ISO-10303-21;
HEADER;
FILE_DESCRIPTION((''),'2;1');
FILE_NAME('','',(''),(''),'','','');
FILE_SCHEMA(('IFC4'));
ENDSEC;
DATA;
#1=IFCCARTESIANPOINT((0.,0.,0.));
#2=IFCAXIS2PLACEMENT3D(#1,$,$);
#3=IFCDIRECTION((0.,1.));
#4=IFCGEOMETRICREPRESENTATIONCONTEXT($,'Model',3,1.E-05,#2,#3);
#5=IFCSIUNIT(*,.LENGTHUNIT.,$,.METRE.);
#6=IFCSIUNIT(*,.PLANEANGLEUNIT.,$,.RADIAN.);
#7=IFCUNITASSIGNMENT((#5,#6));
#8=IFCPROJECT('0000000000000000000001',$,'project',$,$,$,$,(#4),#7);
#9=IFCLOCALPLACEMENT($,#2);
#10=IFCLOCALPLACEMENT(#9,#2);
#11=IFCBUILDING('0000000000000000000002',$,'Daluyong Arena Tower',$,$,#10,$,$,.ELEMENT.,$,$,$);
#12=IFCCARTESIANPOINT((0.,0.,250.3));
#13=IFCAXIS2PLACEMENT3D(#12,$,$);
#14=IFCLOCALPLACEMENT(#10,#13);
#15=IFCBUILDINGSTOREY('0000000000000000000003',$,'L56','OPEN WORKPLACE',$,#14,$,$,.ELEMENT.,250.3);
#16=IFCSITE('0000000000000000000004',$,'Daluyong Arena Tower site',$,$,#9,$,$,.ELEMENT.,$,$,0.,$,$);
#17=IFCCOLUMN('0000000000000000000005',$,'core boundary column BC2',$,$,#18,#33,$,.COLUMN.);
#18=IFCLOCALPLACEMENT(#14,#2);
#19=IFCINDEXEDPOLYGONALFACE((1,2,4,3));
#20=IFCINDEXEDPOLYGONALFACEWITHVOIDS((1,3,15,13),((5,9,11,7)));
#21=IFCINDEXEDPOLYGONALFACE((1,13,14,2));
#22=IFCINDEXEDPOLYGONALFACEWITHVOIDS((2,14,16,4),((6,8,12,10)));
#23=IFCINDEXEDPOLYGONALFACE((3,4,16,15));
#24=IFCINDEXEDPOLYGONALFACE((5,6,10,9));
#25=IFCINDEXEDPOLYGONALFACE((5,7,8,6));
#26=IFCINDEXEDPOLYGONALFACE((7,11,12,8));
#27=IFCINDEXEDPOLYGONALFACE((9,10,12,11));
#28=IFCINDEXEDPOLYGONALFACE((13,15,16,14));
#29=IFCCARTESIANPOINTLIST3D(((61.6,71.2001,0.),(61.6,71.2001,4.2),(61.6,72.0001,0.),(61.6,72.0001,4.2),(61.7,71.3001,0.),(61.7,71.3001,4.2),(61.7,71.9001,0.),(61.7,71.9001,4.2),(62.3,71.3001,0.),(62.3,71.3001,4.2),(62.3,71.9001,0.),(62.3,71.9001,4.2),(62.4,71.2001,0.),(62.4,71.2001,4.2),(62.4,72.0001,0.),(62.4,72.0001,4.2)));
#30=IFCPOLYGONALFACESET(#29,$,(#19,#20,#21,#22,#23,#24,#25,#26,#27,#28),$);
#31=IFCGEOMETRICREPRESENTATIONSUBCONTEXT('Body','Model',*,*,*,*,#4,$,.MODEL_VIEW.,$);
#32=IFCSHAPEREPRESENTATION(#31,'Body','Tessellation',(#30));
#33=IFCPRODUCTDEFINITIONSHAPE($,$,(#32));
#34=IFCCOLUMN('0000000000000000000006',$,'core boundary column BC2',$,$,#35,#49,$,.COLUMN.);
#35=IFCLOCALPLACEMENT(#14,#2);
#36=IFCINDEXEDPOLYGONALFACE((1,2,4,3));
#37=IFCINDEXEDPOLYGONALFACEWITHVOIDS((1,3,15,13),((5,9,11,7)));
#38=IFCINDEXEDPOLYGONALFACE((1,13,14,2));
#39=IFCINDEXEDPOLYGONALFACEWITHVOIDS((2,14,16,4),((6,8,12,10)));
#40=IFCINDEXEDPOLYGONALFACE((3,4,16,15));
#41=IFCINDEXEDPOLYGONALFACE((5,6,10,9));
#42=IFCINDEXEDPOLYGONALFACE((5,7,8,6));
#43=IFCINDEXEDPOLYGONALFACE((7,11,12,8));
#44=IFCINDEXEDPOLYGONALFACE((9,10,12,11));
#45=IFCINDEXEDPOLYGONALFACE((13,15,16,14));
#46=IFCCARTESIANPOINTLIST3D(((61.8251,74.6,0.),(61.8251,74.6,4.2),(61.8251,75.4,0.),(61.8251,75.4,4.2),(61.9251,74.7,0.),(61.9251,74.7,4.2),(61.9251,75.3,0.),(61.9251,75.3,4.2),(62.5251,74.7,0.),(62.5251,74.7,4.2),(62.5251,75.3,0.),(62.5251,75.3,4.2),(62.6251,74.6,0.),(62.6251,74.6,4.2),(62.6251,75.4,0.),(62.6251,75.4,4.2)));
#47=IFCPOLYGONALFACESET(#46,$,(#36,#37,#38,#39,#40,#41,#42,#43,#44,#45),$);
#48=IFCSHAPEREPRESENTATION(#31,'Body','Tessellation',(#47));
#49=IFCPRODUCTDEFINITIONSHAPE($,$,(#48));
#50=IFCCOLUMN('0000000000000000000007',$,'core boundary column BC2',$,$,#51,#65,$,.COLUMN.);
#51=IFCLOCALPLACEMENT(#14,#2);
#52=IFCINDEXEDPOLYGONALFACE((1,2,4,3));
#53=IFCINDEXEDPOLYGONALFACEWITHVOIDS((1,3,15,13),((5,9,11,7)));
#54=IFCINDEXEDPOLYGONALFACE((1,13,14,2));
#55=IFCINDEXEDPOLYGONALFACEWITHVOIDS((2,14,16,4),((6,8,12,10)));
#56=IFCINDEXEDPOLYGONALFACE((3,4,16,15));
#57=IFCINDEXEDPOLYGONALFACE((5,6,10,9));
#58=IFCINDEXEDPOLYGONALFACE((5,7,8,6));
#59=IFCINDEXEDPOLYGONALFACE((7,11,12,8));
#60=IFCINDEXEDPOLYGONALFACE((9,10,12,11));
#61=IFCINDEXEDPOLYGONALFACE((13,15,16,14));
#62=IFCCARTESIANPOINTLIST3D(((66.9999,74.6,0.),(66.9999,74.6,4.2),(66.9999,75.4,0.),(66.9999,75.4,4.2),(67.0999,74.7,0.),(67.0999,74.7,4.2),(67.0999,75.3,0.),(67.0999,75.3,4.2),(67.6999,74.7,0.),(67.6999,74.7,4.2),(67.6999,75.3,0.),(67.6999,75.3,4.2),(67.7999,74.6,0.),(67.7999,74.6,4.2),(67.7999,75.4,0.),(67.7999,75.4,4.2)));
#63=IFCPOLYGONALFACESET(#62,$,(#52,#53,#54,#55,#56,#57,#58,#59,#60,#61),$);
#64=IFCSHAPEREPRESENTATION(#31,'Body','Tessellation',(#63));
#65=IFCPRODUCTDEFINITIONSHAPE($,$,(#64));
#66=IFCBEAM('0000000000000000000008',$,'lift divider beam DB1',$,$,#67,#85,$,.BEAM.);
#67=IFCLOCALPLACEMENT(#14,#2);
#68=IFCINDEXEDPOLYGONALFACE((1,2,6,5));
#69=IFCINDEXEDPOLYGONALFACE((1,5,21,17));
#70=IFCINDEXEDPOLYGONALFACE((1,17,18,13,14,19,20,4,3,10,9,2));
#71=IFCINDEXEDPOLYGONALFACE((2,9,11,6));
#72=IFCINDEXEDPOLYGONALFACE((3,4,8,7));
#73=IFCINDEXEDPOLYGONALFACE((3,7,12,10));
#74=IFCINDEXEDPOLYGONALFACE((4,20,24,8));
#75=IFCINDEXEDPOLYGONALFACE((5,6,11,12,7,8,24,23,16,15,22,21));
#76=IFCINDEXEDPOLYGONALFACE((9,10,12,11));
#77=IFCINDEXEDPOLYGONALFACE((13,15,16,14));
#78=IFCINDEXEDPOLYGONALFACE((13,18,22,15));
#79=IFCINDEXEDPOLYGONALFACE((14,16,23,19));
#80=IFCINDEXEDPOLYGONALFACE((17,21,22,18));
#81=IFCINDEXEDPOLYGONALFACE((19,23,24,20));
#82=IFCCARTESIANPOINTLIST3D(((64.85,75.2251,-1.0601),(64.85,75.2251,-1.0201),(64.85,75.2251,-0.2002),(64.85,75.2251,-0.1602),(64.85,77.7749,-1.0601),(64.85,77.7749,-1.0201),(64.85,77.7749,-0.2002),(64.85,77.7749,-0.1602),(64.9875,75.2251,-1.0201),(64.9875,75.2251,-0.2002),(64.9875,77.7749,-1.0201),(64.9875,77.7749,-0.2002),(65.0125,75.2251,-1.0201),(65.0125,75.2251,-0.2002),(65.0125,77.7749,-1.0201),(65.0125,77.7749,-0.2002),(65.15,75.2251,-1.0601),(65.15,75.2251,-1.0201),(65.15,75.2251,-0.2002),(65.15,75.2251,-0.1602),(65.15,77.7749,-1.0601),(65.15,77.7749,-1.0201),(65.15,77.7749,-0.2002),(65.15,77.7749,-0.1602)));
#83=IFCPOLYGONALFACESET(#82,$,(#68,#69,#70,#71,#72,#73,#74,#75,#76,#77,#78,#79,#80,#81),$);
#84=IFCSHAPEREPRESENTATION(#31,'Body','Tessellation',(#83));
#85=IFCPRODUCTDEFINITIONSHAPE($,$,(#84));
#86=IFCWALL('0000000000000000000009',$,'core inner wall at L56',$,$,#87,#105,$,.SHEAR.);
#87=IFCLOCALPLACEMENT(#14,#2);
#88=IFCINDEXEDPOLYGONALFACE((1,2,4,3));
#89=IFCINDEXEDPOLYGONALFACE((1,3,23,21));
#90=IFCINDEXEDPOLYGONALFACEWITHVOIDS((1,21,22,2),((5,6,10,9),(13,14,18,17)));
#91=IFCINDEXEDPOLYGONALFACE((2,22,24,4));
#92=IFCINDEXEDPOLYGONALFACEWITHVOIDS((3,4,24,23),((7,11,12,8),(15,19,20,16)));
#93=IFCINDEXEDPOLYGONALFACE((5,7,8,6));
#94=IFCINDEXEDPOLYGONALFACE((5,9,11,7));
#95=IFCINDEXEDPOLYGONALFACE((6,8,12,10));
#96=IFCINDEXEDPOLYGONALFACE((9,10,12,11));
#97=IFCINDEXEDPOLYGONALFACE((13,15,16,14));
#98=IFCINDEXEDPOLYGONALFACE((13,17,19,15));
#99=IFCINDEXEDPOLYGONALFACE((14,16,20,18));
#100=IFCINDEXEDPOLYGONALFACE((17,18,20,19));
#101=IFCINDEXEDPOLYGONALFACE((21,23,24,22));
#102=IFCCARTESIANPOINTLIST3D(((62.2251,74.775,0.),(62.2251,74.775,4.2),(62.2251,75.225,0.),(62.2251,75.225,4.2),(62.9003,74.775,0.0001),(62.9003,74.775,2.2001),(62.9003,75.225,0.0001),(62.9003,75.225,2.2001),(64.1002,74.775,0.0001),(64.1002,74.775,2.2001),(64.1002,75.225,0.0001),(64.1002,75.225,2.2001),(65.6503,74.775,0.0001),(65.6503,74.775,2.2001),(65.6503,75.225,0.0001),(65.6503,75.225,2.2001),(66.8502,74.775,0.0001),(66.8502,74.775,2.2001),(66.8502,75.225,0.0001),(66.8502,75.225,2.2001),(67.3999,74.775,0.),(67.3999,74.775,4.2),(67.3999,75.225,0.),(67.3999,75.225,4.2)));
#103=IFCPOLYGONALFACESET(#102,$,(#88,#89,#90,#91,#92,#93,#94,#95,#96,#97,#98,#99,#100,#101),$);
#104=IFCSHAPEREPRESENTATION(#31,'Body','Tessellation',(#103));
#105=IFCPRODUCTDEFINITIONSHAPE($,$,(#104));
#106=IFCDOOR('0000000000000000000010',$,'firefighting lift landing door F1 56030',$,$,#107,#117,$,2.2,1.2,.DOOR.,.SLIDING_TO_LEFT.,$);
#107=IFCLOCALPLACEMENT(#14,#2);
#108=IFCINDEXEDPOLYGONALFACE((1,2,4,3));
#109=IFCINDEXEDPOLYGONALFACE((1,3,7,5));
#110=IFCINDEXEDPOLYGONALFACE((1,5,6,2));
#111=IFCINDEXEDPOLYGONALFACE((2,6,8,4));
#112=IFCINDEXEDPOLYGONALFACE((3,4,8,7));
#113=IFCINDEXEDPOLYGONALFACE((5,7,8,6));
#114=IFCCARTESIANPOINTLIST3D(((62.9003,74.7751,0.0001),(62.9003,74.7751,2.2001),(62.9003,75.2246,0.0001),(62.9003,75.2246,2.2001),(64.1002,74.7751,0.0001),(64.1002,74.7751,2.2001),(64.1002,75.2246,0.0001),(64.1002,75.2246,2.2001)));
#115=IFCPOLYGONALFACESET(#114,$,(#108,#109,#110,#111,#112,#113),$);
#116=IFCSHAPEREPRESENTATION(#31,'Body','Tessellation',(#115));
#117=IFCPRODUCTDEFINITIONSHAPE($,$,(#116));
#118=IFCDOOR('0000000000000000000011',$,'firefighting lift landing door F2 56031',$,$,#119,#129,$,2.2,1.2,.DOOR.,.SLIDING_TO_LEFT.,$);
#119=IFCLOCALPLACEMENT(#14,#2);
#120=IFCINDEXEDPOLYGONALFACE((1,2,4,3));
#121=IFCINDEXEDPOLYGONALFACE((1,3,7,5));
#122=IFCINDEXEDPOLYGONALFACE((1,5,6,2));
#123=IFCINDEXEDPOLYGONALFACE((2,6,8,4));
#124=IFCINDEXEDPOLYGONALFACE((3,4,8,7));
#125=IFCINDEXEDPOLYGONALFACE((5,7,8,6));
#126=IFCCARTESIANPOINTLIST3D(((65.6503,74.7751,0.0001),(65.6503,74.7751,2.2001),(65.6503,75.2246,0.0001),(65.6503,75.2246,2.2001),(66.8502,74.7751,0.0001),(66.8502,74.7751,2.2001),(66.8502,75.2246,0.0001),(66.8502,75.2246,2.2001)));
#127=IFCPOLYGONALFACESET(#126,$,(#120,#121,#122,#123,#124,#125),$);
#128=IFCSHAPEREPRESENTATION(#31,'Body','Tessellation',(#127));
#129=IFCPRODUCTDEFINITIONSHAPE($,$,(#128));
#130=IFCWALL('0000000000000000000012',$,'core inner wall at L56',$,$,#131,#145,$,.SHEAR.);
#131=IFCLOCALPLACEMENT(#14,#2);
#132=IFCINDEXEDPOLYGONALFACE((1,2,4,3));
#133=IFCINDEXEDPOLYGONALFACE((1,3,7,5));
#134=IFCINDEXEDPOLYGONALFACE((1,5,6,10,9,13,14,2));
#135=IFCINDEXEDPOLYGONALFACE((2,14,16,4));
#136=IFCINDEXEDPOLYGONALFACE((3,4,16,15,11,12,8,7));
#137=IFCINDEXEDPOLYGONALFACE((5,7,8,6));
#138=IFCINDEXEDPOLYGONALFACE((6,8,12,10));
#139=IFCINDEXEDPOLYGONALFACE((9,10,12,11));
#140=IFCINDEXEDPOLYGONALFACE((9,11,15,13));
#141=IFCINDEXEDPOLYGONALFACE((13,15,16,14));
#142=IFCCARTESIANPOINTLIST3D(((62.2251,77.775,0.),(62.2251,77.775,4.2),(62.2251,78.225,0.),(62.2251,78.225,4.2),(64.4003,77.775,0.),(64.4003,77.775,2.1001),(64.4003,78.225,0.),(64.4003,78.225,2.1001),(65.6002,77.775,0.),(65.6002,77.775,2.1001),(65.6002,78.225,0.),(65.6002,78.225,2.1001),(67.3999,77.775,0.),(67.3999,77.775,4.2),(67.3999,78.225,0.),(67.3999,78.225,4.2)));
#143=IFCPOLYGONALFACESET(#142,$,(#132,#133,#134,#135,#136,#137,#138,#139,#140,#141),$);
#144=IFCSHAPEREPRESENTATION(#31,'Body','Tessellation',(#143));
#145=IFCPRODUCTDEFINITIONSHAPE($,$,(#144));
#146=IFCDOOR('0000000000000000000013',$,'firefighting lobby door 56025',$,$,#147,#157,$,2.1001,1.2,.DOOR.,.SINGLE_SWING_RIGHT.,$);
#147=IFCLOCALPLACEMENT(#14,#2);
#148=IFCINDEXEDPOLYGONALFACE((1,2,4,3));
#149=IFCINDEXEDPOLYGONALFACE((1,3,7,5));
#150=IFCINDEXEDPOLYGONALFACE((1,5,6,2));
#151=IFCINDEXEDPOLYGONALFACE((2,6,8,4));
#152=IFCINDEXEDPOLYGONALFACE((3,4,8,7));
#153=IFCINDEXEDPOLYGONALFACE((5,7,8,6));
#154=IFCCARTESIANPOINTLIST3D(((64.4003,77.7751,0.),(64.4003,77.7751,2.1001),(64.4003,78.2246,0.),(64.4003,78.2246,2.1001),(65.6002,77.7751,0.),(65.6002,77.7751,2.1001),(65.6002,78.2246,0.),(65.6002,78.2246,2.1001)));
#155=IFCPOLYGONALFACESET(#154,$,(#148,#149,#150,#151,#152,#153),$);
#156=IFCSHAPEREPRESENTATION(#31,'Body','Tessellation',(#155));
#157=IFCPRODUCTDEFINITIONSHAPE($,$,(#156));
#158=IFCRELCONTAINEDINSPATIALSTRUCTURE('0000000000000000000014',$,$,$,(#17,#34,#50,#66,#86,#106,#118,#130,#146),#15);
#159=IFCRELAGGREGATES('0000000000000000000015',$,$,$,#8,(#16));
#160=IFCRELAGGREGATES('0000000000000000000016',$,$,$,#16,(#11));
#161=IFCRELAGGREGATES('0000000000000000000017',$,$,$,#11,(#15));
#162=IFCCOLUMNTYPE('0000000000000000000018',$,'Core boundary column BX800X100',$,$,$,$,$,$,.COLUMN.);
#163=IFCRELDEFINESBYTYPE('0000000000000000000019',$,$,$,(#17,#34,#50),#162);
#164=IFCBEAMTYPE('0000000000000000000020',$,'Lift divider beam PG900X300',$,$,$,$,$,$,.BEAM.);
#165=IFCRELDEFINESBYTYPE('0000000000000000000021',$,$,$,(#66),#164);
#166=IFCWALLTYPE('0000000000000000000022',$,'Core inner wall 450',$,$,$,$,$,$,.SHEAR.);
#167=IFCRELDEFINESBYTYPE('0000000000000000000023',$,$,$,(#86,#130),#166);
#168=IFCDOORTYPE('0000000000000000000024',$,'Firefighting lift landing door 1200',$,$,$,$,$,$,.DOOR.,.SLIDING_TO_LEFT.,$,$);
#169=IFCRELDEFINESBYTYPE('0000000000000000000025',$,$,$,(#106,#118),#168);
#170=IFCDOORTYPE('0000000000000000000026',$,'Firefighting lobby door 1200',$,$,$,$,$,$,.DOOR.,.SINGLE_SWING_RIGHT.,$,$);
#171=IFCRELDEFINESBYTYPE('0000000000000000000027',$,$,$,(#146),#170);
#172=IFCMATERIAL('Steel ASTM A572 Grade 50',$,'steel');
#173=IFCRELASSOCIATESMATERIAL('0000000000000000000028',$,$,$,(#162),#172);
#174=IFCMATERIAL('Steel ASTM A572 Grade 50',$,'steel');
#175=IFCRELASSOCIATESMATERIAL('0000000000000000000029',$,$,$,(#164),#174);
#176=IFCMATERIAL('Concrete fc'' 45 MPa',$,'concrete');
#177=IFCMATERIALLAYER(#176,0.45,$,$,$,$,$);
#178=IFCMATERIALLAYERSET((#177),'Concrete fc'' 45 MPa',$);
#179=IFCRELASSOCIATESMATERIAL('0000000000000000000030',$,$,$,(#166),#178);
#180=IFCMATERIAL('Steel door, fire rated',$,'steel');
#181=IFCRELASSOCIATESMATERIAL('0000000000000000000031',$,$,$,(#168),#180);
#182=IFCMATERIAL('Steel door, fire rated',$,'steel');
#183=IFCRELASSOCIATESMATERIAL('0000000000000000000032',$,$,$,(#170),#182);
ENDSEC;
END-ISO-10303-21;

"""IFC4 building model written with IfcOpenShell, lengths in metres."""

from ifc_helpers import new_model, si_unit, direction, frame, frame_2d, origin, origin_2d, place, context, subcontext, project, spatial, rectangle, hollow_rectangle, i_section, extrude, material, layer, layer_set, material_profile, profile_set, type_object, element, fill, save


model = new_model("IFC4")

# Units and contexts
model_context = context("Model", 3, precision=1e-05, world=origin(), true_north=direction((0.0, 1.0)))
body_context = subcontext(model_context, "Body", "Model", "MODEL_VIEW")
ifc_project = project(units=[si_unit("LENGTHUNIT", "METRE"), si_unit("PLANEANGLEUNIT", "RADIAN")], contexts=[model_context])

# Site, building, storey
site_placement = place(None, origin())
site = spatial("IfcSite", under=ifc_project, at=site_placement, Name="Daluyong Arena Tower site", CompositionType="ELEMENT", RefElevation=0.0)
building_placement = place(site_placement, origin())
building = spatial("IfcBuilding", under=site, at=building_placement, Name="Daluyong Arena Tower", CompositionType="ELEMENT")
storey_placement = place(building_placement, frame((0.0, 0.0, 250.3)))
storey = spatial("IfcBuildingStorey", under=building, at=storey_placement, Name="L56", Description="OPEN WORKPLACE", CompositionType="ELEMENT", Elevation=250.3)

# Columns
ifc_material_1 = material(Name="Steel ASTM A572 Grade 50", Category="steel")
ifc_material_profile_1 = material_profile(ifc_material_1, hollow_rectangle(XDim=0.8, YDim=0.8, WallThickness=0.1, at=origin_2d()))
ifc_profile_set_1 = profile_set([ifc_material_profile_1], Name="Steel ASTM A572 Grade 50")
column_type = type_object("IfcColumnType", Name="Core boundary column BX800X100", PredefinedType="COLUMN", material=ifc_profile_set_1)
for number, where, z_axis, x_axis, name in (
    (1, (62.0, 71.6001, 0.0), (0.0, 0.0, 1.0), (1.0, 0.0, 0.0), "core boundary column BC2"),
    (2, (62.2251, 75.0, 0.0), (0.0, 0.0, 1.0), (1.0, 0.0, 0.0), "core boundary column BC2"),
    (3, (67.3999, 75.0, 0.0), (0.0, 0.0, 1.0), (1.0, 0.0, 0.0), "core boundary column BC2"),
):
    element("IfcColumn", number, at=place(storey_placement, frame(where, z_axis=z_axis, x_axis=x_axis)), inside=storey, type_object=column_type, Name=name, PredefinedType="COLUMN", context=body_context, shape_type="SweptSolid", body=[
        extrude(hollow_rectangle(XDim=0.8, YDim=0.8, WallThickness=0.1, at=origin_2d()), origin(), (0.0, 0.0, 1.0), 4.2),
    ])

# Beam
ifc_material_2 = material(Name="Steel ASTM A572 Grade 50", Category="steel")
ifc_material_profile_2 = material_profile(ifc_material_2, i_section(OverallWidth=0.3, OverallDepth=0.8999, WebThickness=0.025, FlangeThickness=0.04, at=origin_2d()))
ifc_profile_set_2 = profile_set([ifc_material_profile_2], Name="Steel ASTM A572 Grade 50")
beam_type = type_object("IfcBeamType", Name="Lift divider beam PG900X300", PredefinedType="BEAM", material=ifc_profile_set_2)
beam_placement = place(storey_placement, frame((65.0, 75.2251, -0.6101), z_axis=(0.0, 1.0, 0.0), x_axis=(-1.0, 0.0, 0.0)))
element("IfcBeam", 4, at=beam_placement, inside=storey, type_object=beam_type, Name="lift divider beam DB1", PredefinedType="BEAM", context=body_context, shape_type="SweptSolid", body=[
    extrude(i_section(OverallWidth=0.3, OverallDepth=0.8999, WebThickness=0.025, FlangeThickness=0.04, at=origin_2d()), origin(), (0.0, 0.0, 1.0), 2.5498),
])

# Shared definitions
ifc_material_3 = material(Name="Concrete fc' 45 MPa", Category="concrete")
ifc_layer_1 = layer(ifc_material_3, 0.45)
ifc_layer_set_1 = layer_set([ifc_layer_1], Name="Concrete fc' 45 MPa")
wall_type_1 = type_object("IfcWallType", Name="Core inner wall 450", PredefinedType="SHEAR", material=ifc_layer_set_1)

# Wall, openings, doors
wall_1_placement = place(storey_placement, frame((62.2251, 75.0, 0.0), z_axis=(0.0, 0.0, 1.0), x_axis=(1.0, 0.0, 0.0)))
wall_1 = element("IfcWall", 5, at=wall_1_placement, inside=storey, type_object=wall_type_1, Name="core inner wall at L56", PredefinedType="SHEAR", context=body_context, shape_type="SweptSolid", body=[
    extrude(rectangle(XDim=5.1748, YDim=0.45, at=frame_2d((2.5874, 0.0))), origin(), (0.0, 0.0, 1.0), 4.2),
])
opening_1_placement = place(wall_1_placement, frame((0.675, 0.0, 0.0)))
opening_1 = element("IfcOpeningElement", 6, at=opening_1_placement, cuts=wall_1, PredefinedType="OPENING", context=body_context, shape_type="SweptSolid", body=[
    extrude(rectangle(XDim=1.2, YDim=2.2, at=frame_2d((0.6001, 1.1001))), frame((0.0, 0.2349, 0.0), z_axis=(0.0, -1.0, 0.0), x_axis=(1.0, 0.0, 0.0)), (0.0, 0.0, 1.0), 0.47),
])
opening_2_placement = place(wall_1_placement, frame((3.425, 0.0, 0.0)))
opening_2 = element("IfcOpeningElement", 7, at=opening_2_placement, cuts=wall_1, PredefinedType="OPENING", context=body_context, shape_type="SweptSolid", body=[
    extrude(rectangle(XDim=1.2, YDim=2.2, at=frame_2d((0.6001, 1.1001))), frame((0.0, 0.2349, 0.0), z_axis=(0.0, -1.0, 0.0), x_axis=(1.0, 0.0, 0.0)), (0.0, 0.0, 1.0), 0.47),
])
ifc_material_4 = material(Name="Steel door, fire rated", Category="steel")
door_type_1 = type_object("IfcDoorType", Name="Firefighting lift landing door 1200", OperationType="SLIDING_TO_LEFT", PredefinedType="DOOR", material=ifc_material_4)
door_1_placement = place(opening_1_placement, origin())
door_1 = element("IfcDoor", 8, at=door_1_placement, inside=storey, type_object=door_type_1, Name="firefighting lift landing door F1 56030", OperationType="SLIDING_TO_LEFT", OverallHeight=2.2, OverallWidth=1.2, PredefinedType="DOOR", context=body_context, shape_type="SweptSolid", body=[
    extrude(rectangle(XDim=1.2, YDim=2.2, at=frame_2d((0.6001, 1.1001))), frame((0.0, 0.2246, 0.0), z_axis=(0.0, -1.0, 0.0), x_axis=(1.0, 0.0, 0.0)), (0.0, 0.0, 1.0), 0.4495),
])
fill(opening_1, door_1)
door_2_placement = place(opening_2_placement, origin())
door_2 = element("IfcDoor", 9, at=door_2_placement, inside=storey, type_object=door_type_1, Name="firefighting lift landing door F2 56031", OperationType="SLIDING_TO_LEFT", OverallHeight=2.2, OverallWidth=1.2, PredefinedType="DOOR", context=body_context, shape_type="SweptSolid", body=[
    extrude(rectangle(XDim=1.2, YDim=2.2, at=frame_2d((0.6001, 1.1001))), frame((0.0, 0.2246, 0.0), z_axis=(0.0, -1.0, 0.0), x_axis=(1.0, 0.0, 0.0)), (0.0, 0.0, 1.0), 0.4495),
])
fill(opening_2, door_2)

# Wall, opening, door
wall_2_placement = place(storey_placement, frame((62.2251, 78.0, 0.0), z_axis=(0.0, 0.0, 1.0), x_axis=(1.0, 0.0, 0.0)))
wall_2 = element("IfcWall", 10, at=wall_2_placement, inside=storey, type_object=wall_type_1, Name="core inner wall at L56", PredefinedType="SHEAR", context=body_context, shape_type="SweptSolid", body=[
    extrude(rectangle(XDim=5.1748, YDim=0.45, at=frame_2d((2.5874, 0.0))), origin(), (0.0, 0.0, 1.0), 4.2),
])
opening_3_placement = place(wall_2_placement, frame((2.175, 0.0, 0.0)))
opening_3 = element("IfcOpeningElement", 11, at=opening_3_placement, cuts=wall_2, PredefinedType="OPENING", context=body_context, shape_type="SweptSolid", body=[
    extrude(rectangle(XDim=1.2, YDim=2.1001, at=frame_2d((0.6001, 1.05))), frame((0.0, 0.2349, 0.0), z_axis=(0.0, -1.0, 0.0), x_axis=(1.0, 0.0, 0.0)), (0.0, 0.0, 1.0), 0.47),
])
ifc_material_5 = material(Name="Steel door, fire rated", Category="steel")
door_type_2 = type_object("IfcDoorType", Name="Firefighting lobby door 1200", OperationType="SINGLE_SWING_RIGHT", PredefinedType="DOOR", material=ifc_material_5)
door_3_placement = place(opening_3_placement, origin())
door_3 = element("IfcDoor", 12, at=door_3_placement, inside=storey, type_object=door_type_2, Name="firefighting lobby door 56025", OperationType="SINGLE_SWING_RIGHT", OverallHeight=2.1001, OverallWidth=1.2, PredefinedType="DOOR", context=body_context, shape_type="SweptSolid", body=[
    extrude(rectangle(XDim=1.2, YDim=2.1001, at=frame_2d((0.6001, 1.05))), frame((0.0, 0.2246, 0.0), z_axis=(0.0, -1.0, 0.0), x_axis=(1.0, 0.0, 0.0)), (0.0, 0.0, 1.0), 0.4495),
])
fill(opening_3, door_3)

save(model, "model.ifc")
